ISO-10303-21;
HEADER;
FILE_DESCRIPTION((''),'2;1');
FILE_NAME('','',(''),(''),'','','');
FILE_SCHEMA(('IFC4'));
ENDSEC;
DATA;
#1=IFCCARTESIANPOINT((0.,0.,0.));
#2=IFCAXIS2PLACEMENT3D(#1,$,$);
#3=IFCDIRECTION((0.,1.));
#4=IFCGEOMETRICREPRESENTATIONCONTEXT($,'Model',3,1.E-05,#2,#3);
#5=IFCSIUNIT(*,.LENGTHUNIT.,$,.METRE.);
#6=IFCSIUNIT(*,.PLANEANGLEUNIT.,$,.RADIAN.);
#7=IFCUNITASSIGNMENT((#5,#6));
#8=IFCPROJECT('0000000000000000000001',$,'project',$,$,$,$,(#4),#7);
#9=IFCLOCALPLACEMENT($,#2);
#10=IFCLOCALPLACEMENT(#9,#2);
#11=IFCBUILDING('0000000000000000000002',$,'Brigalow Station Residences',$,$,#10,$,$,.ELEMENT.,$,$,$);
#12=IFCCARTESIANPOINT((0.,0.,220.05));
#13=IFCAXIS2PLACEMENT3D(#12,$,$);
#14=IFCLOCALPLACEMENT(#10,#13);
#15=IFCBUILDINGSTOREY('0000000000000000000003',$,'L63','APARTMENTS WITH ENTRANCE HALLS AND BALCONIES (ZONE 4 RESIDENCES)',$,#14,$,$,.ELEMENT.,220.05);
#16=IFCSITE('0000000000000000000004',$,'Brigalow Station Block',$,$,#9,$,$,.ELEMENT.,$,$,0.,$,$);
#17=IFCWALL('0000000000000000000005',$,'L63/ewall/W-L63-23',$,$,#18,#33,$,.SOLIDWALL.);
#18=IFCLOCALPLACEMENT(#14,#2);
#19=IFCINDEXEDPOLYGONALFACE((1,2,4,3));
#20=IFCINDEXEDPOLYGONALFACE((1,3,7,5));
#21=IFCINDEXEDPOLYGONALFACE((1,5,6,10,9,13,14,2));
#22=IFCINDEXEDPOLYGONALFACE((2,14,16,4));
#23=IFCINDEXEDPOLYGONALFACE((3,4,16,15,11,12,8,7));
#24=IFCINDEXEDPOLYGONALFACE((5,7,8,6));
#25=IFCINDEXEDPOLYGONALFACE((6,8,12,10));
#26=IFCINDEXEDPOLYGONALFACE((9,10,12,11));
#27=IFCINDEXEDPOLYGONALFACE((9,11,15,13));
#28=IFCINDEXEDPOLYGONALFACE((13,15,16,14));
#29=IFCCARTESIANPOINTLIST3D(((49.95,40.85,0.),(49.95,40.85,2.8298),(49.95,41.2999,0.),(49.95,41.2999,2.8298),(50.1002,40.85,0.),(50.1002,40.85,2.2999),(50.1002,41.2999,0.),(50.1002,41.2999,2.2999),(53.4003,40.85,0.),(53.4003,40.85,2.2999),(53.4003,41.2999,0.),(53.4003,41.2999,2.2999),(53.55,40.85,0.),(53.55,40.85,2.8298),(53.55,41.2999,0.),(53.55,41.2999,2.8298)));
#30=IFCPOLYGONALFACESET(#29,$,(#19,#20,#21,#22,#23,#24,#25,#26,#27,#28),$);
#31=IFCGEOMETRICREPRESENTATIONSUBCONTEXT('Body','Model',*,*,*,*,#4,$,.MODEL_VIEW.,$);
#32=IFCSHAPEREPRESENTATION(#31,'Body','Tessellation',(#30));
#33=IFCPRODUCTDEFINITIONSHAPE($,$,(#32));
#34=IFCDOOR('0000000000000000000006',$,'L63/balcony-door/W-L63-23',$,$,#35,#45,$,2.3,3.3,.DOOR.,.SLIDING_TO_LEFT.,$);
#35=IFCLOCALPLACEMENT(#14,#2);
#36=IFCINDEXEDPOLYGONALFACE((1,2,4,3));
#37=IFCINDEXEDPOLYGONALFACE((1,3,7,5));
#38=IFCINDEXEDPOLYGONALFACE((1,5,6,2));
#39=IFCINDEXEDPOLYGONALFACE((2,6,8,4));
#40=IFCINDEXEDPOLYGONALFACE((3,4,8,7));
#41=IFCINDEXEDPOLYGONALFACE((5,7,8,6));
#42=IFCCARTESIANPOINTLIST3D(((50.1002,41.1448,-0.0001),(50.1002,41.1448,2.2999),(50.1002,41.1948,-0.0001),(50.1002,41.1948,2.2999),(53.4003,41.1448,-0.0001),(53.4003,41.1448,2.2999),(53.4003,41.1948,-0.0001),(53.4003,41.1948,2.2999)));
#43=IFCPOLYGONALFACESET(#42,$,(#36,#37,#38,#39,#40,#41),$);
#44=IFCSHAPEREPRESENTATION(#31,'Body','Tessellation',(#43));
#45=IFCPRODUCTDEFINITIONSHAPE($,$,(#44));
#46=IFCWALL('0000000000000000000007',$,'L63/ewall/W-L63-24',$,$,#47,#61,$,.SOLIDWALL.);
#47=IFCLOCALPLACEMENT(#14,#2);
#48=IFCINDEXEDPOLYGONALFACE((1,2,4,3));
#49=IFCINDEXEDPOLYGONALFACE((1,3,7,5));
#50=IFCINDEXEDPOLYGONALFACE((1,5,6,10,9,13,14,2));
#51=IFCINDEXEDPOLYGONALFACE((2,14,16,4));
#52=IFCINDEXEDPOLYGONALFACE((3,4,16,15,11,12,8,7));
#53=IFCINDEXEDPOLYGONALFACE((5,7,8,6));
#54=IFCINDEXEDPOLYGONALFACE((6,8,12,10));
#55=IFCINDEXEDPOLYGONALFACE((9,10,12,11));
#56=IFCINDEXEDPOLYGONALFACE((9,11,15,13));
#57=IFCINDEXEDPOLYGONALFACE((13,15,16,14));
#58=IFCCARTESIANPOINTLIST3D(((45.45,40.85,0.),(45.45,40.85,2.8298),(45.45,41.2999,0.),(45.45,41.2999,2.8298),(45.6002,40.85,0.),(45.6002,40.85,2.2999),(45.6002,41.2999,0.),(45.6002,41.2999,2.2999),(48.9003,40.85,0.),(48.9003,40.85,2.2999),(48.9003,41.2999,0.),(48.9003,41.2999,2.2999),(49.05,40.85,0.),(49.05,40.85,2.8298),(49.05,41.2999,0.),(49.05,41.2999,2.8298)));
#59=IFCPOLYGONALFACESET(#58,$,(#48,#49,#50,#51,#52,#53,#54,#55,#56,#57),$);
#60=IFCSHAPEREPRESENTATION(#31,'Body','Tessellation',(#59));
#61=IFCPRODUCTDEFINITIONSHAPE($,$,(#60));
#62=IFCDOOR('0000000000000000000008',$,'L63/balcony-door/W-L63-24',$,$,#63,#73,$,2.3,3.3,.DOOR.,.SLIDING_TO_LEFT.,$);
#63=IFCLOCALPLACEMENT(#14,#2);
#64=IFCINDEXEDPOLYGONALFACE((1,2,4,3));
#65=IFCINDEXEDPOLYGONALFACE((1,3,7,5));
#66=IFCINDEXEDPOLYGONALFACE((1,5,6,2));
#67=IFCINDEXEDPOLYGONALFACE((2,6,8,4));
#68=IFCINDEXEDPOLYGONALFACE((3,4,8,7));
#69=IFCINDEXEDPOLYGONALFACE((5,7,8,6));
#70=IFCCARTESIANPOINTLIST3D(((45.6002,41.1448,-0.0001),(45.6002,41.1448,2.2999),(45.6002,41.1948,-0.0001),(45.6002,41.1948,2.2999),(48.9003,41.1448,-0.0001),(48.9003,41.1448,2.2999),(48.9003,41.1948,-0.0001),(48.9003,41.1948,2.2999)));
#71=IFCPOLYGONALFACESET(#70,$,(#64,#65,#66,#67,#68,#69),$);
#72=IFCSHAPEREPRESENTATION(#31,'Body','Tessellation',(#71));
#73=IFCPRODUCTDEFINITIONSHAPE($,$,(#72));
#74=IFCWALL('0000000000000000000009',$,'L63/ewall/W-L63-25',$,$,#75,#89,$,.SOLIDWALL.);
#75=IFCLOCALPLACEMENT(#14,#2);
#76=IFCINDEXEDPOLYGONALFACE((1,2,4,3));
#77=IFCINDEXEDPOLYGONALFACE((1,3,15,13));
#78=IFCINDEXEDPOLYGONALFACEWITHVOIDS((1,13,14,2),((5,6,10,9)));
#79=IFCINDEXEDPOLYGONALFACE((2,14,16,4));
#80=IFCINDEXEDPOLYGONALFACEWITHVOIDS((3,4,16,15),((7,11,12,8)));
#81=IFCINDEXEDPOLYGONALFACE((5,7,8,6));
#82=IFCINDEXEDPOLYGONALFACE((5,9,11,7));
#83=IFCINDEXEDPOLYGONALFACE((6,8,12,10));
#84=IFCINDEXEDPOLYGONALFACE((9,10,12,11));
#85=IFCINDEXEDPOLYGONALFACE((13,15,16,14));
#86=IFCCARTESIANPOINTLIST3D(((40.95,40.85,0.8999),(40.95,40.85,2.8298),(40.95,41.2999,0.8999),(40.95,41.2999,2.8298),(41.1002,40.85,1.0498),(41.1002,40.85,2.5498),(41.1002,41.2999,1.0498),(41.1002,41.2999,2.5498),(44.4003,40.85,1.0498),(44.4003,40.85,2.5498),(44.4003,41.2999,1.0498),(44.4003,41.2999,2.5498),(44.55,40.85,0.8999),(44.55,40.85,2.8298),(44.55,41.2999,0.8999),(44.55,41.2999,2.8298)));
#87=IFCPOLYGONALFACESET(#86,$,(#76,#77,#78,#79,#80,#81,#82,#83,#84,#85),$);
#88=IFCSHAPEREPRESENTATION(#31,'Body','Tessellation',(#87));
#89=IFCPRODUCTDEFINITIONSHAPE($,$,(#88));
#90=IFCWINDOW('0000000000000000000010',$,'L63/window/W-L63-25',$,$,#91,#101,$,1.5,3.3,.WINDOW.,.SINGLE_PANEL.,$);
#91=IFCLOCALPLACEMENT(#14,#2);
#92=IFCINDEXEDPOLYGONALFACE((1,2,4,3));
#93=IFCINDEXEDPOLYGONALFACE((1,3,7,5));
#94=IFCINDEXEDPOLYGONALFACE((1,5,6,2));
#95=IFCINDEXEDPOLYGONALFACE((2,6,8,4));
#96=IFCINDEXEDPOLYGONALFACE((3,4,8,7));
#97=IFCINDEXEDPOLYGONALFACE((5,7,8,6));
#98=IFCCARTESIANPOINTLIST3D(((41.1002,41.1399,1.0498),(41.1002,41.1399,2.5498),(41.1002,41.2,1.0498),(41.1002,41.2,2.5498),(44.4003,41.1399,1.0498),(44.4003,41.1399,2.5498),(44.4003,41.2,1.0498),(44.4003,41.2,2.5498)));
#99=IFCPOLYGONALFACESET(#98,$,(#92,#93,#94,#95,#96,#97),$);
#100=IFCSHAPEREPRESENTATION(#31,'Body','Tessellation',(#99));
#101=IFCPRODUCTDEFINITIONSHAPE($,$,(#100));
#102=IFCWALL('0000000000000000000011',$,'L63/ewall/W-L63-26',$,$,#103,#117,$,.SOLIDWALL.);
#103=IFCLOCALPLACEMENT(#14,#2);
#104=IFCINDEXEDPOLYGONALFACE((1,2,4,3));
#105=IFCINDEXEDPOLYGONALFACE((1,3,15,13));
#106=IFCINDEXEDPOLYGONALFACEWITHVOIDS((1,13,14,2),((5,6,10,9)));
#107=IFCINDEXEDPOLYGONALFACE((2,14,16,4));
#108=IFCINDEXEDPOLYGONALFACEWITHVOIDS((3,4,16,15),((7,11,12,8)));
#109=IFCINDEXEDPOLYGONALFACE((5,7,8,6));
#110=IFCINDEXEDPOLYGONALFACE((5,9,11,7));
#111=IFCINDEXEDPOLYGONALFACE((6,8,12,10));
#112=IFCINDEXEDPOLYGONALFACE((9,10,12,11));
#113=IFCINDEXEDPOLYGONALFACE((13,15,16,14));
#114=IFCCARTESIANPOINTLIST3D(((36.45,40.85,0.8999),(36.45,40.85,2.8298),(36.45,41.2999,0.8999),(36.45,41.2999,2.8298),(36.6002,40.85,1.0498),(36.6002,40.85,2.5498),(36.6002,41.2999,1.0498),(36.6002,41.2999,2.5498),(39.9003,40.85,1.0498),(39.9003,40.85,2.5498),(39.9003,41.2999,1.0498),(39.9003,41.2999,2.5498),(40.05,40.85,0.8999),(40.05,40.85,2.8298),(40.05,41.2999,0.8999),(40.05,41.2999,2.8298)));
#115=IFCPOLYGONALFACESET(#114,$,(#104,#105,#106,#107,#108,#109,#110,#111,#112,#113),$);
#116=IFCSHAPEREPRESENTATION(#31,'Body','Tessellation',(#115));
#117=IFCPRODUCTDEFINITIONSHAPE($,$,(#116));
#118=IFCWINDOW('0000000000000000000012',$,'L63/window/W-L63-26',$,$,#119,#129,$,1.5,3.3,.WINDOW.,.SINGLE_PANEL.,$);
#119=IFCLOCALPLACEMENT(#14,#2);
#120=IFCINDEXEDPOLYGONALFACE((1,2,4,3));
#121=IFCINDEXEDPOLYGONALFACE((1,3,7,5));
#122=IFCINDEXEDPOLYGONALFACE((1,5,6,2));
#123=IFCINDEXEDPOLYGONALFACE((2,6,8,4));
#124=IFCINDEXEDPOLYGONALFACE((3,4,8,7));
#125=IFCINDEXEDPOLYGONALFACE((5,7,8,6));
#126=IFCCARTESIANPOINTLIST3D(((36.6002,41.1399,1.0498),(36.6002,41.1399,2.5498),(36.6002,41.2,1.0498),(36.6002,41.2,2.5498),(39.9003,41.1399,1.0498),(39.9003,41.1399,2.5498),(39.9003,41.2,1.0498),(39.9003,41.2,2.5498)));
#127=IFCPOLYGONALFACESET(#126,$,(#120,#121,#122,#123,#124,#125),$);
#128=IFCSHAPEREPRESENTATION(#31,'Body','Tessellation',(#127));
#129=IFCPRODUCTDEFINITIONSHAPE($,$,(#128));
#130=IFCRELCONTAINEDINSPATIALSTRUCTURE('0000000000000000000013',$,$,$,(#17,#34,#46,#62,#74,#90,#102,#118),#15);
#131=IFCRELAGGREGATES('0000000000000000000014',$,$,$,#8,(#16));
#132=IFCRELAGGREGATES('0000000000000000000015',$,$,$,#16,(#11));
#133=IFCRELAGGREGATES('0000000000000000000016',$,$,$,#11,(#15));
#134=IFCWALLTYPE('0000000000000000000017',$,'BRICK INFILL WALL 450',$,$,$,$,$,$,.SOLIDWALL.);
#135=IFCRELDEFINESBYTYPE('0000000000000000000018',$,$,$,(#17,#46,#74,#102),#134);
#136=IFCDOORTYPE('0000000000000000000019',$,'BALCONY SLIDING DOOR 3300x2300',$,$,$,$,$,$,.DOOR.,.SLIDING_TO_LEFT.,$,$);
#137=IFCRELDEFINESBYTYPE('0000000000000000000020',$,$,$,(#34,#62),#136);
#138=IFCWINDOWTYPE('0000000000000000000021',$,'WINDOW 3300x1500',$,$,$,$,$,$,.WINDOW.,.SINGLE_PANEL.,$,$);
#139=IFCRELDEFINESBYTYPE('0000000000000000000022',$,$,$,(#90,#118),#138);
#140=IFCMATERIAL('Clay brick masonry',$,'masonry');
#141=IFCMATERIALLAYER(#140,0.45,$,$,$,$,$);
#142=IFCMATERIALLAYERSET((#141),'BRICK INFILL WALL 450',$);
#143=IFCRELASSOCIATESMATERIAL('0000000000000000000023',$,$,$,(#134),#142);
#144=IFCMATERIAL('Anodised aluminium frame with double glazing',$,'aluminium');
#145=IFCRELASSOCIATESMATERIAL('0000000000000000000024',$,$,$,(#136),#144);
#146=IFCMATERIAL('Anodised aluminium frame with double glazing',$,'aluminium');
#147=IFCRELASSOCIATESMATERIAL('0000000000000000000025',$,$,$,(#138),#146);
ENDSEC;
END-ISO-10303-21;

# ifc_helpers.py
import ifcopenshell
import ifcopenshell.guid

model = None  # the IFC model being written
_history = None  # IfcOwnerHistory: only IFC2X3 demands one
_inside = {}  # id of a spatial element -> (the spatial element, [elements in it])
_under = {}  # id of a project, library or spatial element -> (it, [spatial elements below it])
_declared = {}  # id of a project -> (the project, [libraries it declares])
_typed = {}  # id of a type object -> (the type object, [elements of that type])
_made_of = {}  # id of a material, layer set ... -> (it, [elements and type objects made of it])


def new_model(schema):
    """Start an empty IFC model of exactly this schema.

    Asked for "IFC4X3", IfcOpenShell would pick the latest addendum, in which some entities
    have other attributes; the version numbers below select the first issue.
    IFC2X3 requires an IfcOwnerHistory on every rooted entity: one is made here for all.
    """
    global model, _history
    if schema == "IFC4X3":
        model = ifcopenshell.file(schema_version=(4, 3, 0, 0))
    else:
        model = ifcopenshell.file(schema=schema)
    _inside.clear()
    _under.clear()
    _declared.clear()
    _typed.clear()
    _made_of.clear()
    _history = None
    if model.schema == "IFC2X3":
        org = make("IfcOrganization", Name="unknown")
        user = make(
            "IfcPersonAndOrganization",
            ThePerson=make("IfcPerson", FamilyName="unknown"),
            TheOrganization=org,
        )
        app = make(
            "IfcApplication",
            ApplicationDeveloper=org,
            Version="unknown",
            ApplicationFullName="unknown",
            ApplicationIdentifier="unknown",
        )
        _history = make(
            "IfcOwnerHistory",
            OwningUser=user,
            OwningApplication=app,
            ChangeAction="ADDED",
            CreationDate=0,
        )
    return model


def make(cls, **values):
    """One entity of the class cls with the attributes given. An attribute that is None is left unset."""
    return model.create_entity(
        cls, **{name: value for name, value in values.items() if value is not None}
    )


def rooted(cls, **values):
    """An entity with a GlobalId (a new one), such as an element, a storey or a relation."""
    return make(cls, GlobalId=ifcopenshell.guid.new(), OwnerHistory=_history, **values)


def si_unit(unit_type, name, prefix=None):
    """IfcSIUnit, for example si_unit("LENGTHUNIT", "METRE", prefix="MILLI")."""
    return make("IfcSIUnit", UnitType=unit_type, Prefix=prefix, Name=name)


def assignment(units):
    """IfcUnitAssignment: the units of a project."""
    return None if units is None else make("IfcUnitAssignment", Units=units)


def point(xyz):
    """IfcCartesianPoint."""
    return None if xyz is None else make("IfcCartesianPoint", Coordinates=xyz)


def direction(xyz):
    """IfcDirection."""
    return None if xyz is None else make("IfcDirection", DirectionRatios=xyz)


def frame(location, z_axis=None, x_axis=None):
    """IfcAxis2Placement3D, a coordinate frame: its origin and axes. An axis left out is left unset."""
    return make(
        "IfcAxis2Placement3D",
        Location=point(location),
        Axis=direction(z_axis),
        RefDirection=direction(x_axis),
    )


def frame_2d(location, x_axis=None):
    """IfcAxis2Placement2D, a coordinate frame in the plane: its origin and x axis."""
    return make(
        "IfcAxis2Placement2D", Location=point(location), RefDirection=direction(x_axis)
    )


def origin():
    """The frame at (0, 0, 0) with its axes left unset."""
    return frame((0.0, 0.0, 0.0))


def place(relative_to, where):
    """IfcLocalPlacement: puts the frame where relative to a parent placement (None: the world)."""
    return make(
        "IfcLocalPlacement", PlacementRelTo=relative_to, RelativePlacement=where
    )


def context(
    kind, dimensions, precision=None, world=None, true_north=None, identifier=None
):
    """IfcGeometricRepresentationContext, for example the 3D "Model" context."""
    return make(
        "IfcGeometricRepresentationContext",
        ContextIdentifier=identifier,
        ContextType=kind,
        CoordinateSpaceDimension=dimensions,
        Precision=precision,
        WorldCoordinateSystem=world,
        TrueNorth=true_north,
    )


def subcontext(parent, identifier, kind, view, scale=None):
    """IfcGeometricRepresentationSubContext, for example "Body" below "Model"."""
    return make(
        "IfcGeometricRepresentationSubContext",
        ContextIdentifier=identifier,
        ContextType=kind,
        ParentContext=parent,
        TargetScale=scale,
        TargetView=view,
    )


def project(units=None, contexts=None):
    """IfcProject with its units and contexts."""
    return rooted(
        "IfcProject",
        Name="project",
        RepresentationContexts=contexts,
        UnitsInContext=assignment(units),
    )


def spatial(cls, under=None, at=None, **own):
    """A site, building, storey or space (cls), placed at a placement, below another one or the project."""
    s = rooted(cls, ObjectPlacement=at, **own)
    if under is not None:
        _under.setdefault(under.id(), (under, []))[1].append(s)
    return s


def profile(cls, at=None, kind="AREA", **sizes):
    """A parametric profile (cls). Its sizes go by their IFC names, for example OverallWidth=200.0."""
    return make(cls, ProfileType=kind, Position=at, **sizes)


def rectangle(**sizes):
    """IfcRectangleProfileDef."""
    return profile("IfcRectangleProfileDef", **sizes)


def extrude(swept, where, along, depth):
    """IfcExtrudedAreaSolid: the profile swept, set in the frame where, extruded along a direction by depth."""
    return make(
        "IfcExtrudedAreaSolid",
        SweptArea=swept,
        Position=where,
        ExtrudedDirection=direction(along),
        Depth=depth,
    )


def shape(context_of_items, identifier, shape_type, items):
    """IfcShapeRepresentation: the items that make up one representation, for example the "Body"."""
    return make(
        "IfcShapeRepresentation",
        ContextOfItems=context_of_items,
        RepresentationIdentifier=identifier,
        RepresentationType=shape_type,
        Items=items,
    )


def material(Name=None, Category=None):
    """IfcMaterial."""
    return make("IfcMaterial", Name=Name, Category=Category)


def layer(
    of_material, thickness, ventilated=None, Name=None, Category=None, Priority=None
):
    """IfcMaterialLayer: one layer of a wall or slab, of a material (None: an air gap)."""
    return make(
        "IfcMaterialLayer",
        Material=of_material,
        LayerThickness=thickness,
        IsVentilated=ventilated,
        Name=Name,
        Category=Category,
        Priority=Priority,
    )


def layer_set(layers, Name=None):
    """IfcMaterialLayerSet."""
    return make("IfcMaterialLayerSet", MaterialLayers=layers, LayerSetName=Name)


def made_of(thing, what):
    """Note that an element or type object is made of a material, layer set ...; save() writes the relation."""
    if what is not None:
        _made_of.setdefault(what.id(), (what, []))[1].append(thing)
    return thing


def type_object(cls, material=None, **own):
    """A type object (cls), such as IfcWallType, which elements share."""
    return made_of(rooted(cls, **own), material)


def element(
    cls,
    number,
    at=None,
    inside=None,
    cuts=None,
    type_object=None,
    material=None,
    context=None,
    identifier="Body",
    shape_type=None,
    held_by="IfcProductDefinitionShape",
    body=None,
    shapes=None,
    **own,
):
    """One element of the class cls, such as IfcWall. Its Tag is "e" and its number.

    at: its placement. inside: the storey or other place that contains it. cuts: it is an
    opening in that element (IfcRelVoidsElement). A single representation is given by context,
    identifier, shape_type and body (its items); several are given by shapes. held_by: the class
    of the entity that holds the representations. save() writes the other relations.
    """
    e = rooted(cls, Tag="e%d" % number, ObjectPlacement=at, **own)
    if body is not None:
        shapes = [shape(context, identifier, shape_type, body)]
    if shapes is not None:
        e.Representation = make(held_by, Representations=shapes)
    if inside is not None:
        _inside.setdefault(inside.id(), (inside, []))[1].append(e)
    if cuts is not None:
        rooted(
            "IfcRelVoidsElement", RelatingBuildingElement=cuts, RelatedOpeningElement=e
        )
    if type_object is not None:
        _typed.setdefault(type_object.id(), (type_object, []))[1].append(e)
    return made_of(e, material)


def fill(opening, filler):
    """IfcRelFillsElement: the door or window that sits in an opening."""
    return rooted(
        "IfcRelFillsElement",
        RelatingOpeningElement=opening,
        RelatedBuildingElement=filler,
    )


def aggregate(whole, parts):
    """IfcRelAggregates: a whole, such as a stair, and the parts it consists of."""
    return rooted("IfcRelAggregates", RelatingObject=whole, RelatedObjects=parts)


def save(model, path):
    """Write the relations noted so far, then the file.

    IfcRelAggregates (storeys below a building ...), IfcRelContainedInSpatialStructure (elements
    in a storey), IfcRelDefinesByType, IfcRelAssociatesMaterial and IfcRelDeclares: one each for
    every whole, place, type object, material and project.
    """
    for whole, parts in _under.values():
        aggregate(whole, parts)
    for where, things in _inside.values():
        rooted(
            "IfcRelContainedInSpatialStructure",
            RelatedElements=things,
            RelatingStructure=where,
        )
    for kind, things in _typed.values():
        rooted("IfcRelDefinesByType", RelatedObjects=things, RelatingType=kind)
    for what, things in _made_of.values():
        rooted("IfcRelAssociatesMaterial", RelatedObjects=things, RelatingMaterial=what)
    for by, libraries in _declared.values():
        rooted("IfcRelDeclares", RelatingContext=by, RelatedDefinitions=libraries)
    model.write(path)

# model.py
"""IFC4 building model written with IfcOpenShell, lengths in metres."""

from ifc_helpers import new_model, si_unit, direction, frame, frame_2d, origin, place, context, subcontext, project, spatial, rectangle, extrude, material, layer, layer_set, type_object, element, fill, save


model = new_model("IFC4")

# Units and contexts
model_context = context("Model", 3, precision=1e-05, world=origin(), true_north=direction((0.0, 1.0)))
body_context = subcontext(model_context, "Body", "Model", "MODEL_VIEW")
ifc_project = project(units=[si_unit("LENGTHUNIT", "METRE"), si_unit("PLANEANGLEUNIT", "RADIAN")], contexts=[model_context])

# Site, building, storey
site_placement = place(None, origin())
site = spatial("IfcSite", under=ifc_project, at=site_placement, Name="Brigalow Station Block", CompositionType="ELEMENT", RefElevation=0.0)
building_placement = place(site_placement, origin())
building = spatial("IfcBuilding", under=site, at=building_placement, Name="Brigalow Station Residences", CompositionType="ELEMENT")
storey_placement = place(building_placement, frame((0.0, 0.0, 220.05)))
storey = spatial("IfcBuildingStorey", under=building, at=storey_placement, Name="L63", Description="APARTMENTS WITH ENTRANCE HALLS AND BALCONIES (ZONE 4 RESIDENCES)", CompositionType="ELEMENT", Elevation=220.05)

# Walls, openings, doors
ifc_material_1 = material(Name="Clay brick masonry", Category="masonry")
ifc_layer_1 = layer(ifc_material_1, 0.45)
ifc_layer_set_1 = layer_set([ifc_layer_1], Name="BRICK INFILL WALL 450")
wall_type_1 = type_object("IfcWallType", Name="BRICK INFILL WALL 450", PredefinedType="SOLIDWALL", material=ifc_layer_set_1)
wall_1_placement = place(storey_placement, frame((53.55, 41.075, 0.0), z_axis=(0.0, 0.0, 1.0), x_axis=(-1.0, 0.0, 0.0)))
wall_1 = element("IfcWall", 1, at=wall_1_placement, inside=storey, type_object=wall_type_1, Name="L63/ewall/W-L63-23", PredefinedType="SOLIDWALL", context=body_context, shape_type="SweptSolid", body=[
    extrude(rectangle(XDim=3.6001, YDim=0.45, at=frame_2d((1.8, 0.0))), origin(), (0.0, 0.0, 1.0), 2.8298),
])
opening_1_placement = place(wall_1_placement, frame((0.1499, 0.0, 0.0)))
opening_1 = element("IfcOpeningElement", 2, at=opening_1_placement, cuts=wall_1, PredefinedType="OPENING", context=body_context, shape_type="SweptSolid", body=[
    extrude(rectangle(XDim=3.3, YDim=2.3, at=frame_2d((1.6499, 1.1499))), frame((0.0, 0.2349, 0.0), z_axis=(0.0, -1.0, 0.0), x_axis=(1.0, 0.0, 0.0)), (0.0, 0.0, 1.0), 0.47),
])
ifc_material_2 = material(Name="Anodised aluminium frame with double glazing", Category="aluminium")
door_type_1 = type_object("IfcDoorType", Name="BALCONY SLIDING DOOR 3300x2300", OperationType="SLIDING_TO_LEFT", PredefinedType="DOOR", material=ifc_material_2)
door_1_placement = place(opening_1_placement, origin())
door_1 = element("IfcDoor", 3, at=door_1_placement, inside=storey, type_object=door_type_1, Name="L63/balcony-door/W-L63-23", OperationType="SLIDING_TO_LEFT", OverallHeight=2.3, OverallWidth=3.3, PredefinedType="DOOR", context=body_context, shape_type="SweptSolid", body=[
    extrude(rectangle(XDim=3.3, YDim=2.3, at=frame_2d((1.6499, 1.1499))), frame((0.0, -0.0698, 0.0), z_axis=(0.0, -1.0, 0.0), x_axis=(1.0, 0.0, 0.0)), (0.0, 0.0, 1.0), 0.05),
])
fill(opening_1, door_1)
wall_2_placement = place(storey_placement, frame((49.05, 41.075, 0.0), z_axis=(0.0, 0.0, 1.0), x_axis=(-1.0, 0.0, 0.0)))
wall_2 = element("IfcWall", 4, at=wall_2_placement, inside=storey, type_object=wall_type_1, Name="L63/ewall/W-L63-24", PredefinedType="SOLIDWALL", context=body_context, shape_type="SweptSolid", body=[
    extrude(rectangle(XDim=3.6001, YDim=0.45, at=frame_2d((1.8, 0.0))), origin(), (0.0, 0.0, 1.0), 2.8298),
])
opening_2_placement = place(wall_2_placement, frame((0.1499, 0.0, 0.0)))
opening_2 = element("IfcOpeningElement", 5, at=opening_2_placement, cuts=wall_2, PredefinedType="OPENING", context=body_context, shape_type="SweptSolid", body=[
    extrude(rectangle(XDim=3.3, YDim=2.3, at=frame_2d((1.6499, 1.1499))), frame((0.0, 0.2349, 0.0), z_axis=(0.0, -1.0, 0.0), x_axis=(1.0, 0.0, 0.0)), (0.0, 0.0, 1.0), 0.47),
])
door_2_placement = place(opening_2_placement, origin())
door_2 = element("IfcDoor", 6, at=door_2_placement, inside=storey, type_object=door_type_1, Name="L63/balcony-door/W-L63-24", OperationType="SLIDING_TO_LEFT", OverallHeight=2.3, OverallWidth=3.3, PredefinedType="DOOR", context=body_context, shape_type="SweptSolid", body=[
    extrude(rectangle(XDim=3.3, YDim=2.3, at=frame_2d((1.6499, 1.1499))), frame((0.0, -0.0698, 0.0), z_axis=(0.0, -1.0, 0.0), x_axis=(1.0, 0.0, 0.0)), (0.0, 0.0, 1.0), 0.05),
])
fill(opening_2, door_2)

# Walls, openings, windows
wall_3_placement = place(storey_placement, frame((44.55, 41.075, 0.8999), z_axis=(0.0, 0.0, 1.0), x_axis=(-1.0, 0.0, 0.0)))
wall_3 = element("IfcWall", 7, at=wall_3_placement, inside=storey, type_object=wall_type_1, Name="L63/ewall/W-L63-25", PredefinedType="SOLIDWALL", context=body_context, shape_type="SweptSolid", body=[
    extrude(rectangle(XDim=3.6001, YDim=0.45, at=frame_2d((1.8, 0.0))), origin(), (0.0, 0.0, 1.0), 1.9299),
])
opening_3_placement = place(wall_3_placement, frame((0.1499, 0.0, 0.1499)))
opening_3 = element("IfcOpeningElement", 8, at=opening_3_placement, cuts=wall_3, PredefinedType="OPENING", context=body_context, shape_type="SweptSolid", body=[
    extrude(rectangle(XDim=3.3, YDim=1.5, at=frame_2d((1.6499, 0.75))), frame((0.0, 0.2349, 0.0), z_axis=(0.0, -1.0, 0.0), x_axis=(1.0, 0.0, 0.0)), (0.0, 0.0, 1.0), 0.47),
])
ifc_material_3 = material(Name="Anodised aluminium frame with double glazing", Category="aluminium")
window_type = type_object("IfcWindowType", Name="WINDOW 3300x1500", PartitioningType="SINGLE_PANEL", PredefinedType="WINDOW", material=ifc_material_3)
window_1_placement = place(opening_3_placement, origin())
window_1 = element("IfcWindow", 9, at=window_1_placement, inside=storey, type_object=window_type, Name="L63/window/W-L63-25", OverallHeight=1.5, OverallWidth=3.3, PartitioningType="SINGLE_PANEL", PredefinedType="WINDOW", context=body_context, shape_type="SweptSolid", body=[
    extrude(rectangle(XDim=3.3, YDim=1.5, at=frame_2d((1.6499, 0.75))), frame((0.0, -0.0649, 0.0), z_axis=(0.0, -1.0, 0.0), x_axis=(1.0, 0.0, 0.0)), (0.0, 0.0, 1.0), 0.0601),
])
fill(opening_3, window_1)
wall_4_placement = place(storey_placement, frame((40.05, 41.075, 0.8999), z_axis=(0.0, 0.0, 1.0), x_axis=(-1.0, 0.0, 0.0)))
wall_4 = element("IfcWall", 10, at=wall_4_placement, inside=storey, type_object=wall_type_1, Name="L63/ewall/W-L63-26", PredefinedType="SOLIDWALL", context=body_context, shape_type="SweptSolid", body=[
    extrude(rectangle(XDim=3.6001, YDim=0.45, at=frame_2d((1.8, 0.0))), origin(), (0.0, 0.0, 1.0), 1.9299),
])
opening_4_placement = place(wall_4_placement, frame((0.1499, 0.0, 0.1499)))
opening_4 = element("IfcOpeningElement", 11, at=opening_4_placement, cuts=wall_4, PredefinedType="OPENING", context=body_context, shape_type="SweptSolid", body=[
    extrude(rectangle(XDim=3.3, YDim=1.5, at=frame_2d((1.6499, 0.75))), frame((0.0, 0.2349, 0.0), z_axis=(0.0, -1.0, 0.0), x_axis=(1.0, 0.0, 0.0)), (0.0, 0.0, 1.0), 0.47),
])
window_2_placement = place(opening_4_placement, origin())
window_2 = element("IfcWindow", 12, at=window_2_placement, inside=storey, type_object=window_type, Name="L63/window/W-L63-26", OverallHeight=1.5, OverallWidth=3.3, PartitioningType="SINGLE_PANEL", PredefinedType="WINDOW", context=body_context, shape_type="SweptSolid", body=[
    extrude(rectangle(XDim=3.3, YDim=1.5, at=frame_2d((1.6499, 0.75))), frame((0.0, -0.0649, 0.0), z_axis=(0.0, -1.0, 0.0), x_axis=(1.0, 0.0, 0.0)), (0.0, 0.0, 1.0), 0.0601),
])
fill(opening_4, window_2)

save(model, "model.ifc")
